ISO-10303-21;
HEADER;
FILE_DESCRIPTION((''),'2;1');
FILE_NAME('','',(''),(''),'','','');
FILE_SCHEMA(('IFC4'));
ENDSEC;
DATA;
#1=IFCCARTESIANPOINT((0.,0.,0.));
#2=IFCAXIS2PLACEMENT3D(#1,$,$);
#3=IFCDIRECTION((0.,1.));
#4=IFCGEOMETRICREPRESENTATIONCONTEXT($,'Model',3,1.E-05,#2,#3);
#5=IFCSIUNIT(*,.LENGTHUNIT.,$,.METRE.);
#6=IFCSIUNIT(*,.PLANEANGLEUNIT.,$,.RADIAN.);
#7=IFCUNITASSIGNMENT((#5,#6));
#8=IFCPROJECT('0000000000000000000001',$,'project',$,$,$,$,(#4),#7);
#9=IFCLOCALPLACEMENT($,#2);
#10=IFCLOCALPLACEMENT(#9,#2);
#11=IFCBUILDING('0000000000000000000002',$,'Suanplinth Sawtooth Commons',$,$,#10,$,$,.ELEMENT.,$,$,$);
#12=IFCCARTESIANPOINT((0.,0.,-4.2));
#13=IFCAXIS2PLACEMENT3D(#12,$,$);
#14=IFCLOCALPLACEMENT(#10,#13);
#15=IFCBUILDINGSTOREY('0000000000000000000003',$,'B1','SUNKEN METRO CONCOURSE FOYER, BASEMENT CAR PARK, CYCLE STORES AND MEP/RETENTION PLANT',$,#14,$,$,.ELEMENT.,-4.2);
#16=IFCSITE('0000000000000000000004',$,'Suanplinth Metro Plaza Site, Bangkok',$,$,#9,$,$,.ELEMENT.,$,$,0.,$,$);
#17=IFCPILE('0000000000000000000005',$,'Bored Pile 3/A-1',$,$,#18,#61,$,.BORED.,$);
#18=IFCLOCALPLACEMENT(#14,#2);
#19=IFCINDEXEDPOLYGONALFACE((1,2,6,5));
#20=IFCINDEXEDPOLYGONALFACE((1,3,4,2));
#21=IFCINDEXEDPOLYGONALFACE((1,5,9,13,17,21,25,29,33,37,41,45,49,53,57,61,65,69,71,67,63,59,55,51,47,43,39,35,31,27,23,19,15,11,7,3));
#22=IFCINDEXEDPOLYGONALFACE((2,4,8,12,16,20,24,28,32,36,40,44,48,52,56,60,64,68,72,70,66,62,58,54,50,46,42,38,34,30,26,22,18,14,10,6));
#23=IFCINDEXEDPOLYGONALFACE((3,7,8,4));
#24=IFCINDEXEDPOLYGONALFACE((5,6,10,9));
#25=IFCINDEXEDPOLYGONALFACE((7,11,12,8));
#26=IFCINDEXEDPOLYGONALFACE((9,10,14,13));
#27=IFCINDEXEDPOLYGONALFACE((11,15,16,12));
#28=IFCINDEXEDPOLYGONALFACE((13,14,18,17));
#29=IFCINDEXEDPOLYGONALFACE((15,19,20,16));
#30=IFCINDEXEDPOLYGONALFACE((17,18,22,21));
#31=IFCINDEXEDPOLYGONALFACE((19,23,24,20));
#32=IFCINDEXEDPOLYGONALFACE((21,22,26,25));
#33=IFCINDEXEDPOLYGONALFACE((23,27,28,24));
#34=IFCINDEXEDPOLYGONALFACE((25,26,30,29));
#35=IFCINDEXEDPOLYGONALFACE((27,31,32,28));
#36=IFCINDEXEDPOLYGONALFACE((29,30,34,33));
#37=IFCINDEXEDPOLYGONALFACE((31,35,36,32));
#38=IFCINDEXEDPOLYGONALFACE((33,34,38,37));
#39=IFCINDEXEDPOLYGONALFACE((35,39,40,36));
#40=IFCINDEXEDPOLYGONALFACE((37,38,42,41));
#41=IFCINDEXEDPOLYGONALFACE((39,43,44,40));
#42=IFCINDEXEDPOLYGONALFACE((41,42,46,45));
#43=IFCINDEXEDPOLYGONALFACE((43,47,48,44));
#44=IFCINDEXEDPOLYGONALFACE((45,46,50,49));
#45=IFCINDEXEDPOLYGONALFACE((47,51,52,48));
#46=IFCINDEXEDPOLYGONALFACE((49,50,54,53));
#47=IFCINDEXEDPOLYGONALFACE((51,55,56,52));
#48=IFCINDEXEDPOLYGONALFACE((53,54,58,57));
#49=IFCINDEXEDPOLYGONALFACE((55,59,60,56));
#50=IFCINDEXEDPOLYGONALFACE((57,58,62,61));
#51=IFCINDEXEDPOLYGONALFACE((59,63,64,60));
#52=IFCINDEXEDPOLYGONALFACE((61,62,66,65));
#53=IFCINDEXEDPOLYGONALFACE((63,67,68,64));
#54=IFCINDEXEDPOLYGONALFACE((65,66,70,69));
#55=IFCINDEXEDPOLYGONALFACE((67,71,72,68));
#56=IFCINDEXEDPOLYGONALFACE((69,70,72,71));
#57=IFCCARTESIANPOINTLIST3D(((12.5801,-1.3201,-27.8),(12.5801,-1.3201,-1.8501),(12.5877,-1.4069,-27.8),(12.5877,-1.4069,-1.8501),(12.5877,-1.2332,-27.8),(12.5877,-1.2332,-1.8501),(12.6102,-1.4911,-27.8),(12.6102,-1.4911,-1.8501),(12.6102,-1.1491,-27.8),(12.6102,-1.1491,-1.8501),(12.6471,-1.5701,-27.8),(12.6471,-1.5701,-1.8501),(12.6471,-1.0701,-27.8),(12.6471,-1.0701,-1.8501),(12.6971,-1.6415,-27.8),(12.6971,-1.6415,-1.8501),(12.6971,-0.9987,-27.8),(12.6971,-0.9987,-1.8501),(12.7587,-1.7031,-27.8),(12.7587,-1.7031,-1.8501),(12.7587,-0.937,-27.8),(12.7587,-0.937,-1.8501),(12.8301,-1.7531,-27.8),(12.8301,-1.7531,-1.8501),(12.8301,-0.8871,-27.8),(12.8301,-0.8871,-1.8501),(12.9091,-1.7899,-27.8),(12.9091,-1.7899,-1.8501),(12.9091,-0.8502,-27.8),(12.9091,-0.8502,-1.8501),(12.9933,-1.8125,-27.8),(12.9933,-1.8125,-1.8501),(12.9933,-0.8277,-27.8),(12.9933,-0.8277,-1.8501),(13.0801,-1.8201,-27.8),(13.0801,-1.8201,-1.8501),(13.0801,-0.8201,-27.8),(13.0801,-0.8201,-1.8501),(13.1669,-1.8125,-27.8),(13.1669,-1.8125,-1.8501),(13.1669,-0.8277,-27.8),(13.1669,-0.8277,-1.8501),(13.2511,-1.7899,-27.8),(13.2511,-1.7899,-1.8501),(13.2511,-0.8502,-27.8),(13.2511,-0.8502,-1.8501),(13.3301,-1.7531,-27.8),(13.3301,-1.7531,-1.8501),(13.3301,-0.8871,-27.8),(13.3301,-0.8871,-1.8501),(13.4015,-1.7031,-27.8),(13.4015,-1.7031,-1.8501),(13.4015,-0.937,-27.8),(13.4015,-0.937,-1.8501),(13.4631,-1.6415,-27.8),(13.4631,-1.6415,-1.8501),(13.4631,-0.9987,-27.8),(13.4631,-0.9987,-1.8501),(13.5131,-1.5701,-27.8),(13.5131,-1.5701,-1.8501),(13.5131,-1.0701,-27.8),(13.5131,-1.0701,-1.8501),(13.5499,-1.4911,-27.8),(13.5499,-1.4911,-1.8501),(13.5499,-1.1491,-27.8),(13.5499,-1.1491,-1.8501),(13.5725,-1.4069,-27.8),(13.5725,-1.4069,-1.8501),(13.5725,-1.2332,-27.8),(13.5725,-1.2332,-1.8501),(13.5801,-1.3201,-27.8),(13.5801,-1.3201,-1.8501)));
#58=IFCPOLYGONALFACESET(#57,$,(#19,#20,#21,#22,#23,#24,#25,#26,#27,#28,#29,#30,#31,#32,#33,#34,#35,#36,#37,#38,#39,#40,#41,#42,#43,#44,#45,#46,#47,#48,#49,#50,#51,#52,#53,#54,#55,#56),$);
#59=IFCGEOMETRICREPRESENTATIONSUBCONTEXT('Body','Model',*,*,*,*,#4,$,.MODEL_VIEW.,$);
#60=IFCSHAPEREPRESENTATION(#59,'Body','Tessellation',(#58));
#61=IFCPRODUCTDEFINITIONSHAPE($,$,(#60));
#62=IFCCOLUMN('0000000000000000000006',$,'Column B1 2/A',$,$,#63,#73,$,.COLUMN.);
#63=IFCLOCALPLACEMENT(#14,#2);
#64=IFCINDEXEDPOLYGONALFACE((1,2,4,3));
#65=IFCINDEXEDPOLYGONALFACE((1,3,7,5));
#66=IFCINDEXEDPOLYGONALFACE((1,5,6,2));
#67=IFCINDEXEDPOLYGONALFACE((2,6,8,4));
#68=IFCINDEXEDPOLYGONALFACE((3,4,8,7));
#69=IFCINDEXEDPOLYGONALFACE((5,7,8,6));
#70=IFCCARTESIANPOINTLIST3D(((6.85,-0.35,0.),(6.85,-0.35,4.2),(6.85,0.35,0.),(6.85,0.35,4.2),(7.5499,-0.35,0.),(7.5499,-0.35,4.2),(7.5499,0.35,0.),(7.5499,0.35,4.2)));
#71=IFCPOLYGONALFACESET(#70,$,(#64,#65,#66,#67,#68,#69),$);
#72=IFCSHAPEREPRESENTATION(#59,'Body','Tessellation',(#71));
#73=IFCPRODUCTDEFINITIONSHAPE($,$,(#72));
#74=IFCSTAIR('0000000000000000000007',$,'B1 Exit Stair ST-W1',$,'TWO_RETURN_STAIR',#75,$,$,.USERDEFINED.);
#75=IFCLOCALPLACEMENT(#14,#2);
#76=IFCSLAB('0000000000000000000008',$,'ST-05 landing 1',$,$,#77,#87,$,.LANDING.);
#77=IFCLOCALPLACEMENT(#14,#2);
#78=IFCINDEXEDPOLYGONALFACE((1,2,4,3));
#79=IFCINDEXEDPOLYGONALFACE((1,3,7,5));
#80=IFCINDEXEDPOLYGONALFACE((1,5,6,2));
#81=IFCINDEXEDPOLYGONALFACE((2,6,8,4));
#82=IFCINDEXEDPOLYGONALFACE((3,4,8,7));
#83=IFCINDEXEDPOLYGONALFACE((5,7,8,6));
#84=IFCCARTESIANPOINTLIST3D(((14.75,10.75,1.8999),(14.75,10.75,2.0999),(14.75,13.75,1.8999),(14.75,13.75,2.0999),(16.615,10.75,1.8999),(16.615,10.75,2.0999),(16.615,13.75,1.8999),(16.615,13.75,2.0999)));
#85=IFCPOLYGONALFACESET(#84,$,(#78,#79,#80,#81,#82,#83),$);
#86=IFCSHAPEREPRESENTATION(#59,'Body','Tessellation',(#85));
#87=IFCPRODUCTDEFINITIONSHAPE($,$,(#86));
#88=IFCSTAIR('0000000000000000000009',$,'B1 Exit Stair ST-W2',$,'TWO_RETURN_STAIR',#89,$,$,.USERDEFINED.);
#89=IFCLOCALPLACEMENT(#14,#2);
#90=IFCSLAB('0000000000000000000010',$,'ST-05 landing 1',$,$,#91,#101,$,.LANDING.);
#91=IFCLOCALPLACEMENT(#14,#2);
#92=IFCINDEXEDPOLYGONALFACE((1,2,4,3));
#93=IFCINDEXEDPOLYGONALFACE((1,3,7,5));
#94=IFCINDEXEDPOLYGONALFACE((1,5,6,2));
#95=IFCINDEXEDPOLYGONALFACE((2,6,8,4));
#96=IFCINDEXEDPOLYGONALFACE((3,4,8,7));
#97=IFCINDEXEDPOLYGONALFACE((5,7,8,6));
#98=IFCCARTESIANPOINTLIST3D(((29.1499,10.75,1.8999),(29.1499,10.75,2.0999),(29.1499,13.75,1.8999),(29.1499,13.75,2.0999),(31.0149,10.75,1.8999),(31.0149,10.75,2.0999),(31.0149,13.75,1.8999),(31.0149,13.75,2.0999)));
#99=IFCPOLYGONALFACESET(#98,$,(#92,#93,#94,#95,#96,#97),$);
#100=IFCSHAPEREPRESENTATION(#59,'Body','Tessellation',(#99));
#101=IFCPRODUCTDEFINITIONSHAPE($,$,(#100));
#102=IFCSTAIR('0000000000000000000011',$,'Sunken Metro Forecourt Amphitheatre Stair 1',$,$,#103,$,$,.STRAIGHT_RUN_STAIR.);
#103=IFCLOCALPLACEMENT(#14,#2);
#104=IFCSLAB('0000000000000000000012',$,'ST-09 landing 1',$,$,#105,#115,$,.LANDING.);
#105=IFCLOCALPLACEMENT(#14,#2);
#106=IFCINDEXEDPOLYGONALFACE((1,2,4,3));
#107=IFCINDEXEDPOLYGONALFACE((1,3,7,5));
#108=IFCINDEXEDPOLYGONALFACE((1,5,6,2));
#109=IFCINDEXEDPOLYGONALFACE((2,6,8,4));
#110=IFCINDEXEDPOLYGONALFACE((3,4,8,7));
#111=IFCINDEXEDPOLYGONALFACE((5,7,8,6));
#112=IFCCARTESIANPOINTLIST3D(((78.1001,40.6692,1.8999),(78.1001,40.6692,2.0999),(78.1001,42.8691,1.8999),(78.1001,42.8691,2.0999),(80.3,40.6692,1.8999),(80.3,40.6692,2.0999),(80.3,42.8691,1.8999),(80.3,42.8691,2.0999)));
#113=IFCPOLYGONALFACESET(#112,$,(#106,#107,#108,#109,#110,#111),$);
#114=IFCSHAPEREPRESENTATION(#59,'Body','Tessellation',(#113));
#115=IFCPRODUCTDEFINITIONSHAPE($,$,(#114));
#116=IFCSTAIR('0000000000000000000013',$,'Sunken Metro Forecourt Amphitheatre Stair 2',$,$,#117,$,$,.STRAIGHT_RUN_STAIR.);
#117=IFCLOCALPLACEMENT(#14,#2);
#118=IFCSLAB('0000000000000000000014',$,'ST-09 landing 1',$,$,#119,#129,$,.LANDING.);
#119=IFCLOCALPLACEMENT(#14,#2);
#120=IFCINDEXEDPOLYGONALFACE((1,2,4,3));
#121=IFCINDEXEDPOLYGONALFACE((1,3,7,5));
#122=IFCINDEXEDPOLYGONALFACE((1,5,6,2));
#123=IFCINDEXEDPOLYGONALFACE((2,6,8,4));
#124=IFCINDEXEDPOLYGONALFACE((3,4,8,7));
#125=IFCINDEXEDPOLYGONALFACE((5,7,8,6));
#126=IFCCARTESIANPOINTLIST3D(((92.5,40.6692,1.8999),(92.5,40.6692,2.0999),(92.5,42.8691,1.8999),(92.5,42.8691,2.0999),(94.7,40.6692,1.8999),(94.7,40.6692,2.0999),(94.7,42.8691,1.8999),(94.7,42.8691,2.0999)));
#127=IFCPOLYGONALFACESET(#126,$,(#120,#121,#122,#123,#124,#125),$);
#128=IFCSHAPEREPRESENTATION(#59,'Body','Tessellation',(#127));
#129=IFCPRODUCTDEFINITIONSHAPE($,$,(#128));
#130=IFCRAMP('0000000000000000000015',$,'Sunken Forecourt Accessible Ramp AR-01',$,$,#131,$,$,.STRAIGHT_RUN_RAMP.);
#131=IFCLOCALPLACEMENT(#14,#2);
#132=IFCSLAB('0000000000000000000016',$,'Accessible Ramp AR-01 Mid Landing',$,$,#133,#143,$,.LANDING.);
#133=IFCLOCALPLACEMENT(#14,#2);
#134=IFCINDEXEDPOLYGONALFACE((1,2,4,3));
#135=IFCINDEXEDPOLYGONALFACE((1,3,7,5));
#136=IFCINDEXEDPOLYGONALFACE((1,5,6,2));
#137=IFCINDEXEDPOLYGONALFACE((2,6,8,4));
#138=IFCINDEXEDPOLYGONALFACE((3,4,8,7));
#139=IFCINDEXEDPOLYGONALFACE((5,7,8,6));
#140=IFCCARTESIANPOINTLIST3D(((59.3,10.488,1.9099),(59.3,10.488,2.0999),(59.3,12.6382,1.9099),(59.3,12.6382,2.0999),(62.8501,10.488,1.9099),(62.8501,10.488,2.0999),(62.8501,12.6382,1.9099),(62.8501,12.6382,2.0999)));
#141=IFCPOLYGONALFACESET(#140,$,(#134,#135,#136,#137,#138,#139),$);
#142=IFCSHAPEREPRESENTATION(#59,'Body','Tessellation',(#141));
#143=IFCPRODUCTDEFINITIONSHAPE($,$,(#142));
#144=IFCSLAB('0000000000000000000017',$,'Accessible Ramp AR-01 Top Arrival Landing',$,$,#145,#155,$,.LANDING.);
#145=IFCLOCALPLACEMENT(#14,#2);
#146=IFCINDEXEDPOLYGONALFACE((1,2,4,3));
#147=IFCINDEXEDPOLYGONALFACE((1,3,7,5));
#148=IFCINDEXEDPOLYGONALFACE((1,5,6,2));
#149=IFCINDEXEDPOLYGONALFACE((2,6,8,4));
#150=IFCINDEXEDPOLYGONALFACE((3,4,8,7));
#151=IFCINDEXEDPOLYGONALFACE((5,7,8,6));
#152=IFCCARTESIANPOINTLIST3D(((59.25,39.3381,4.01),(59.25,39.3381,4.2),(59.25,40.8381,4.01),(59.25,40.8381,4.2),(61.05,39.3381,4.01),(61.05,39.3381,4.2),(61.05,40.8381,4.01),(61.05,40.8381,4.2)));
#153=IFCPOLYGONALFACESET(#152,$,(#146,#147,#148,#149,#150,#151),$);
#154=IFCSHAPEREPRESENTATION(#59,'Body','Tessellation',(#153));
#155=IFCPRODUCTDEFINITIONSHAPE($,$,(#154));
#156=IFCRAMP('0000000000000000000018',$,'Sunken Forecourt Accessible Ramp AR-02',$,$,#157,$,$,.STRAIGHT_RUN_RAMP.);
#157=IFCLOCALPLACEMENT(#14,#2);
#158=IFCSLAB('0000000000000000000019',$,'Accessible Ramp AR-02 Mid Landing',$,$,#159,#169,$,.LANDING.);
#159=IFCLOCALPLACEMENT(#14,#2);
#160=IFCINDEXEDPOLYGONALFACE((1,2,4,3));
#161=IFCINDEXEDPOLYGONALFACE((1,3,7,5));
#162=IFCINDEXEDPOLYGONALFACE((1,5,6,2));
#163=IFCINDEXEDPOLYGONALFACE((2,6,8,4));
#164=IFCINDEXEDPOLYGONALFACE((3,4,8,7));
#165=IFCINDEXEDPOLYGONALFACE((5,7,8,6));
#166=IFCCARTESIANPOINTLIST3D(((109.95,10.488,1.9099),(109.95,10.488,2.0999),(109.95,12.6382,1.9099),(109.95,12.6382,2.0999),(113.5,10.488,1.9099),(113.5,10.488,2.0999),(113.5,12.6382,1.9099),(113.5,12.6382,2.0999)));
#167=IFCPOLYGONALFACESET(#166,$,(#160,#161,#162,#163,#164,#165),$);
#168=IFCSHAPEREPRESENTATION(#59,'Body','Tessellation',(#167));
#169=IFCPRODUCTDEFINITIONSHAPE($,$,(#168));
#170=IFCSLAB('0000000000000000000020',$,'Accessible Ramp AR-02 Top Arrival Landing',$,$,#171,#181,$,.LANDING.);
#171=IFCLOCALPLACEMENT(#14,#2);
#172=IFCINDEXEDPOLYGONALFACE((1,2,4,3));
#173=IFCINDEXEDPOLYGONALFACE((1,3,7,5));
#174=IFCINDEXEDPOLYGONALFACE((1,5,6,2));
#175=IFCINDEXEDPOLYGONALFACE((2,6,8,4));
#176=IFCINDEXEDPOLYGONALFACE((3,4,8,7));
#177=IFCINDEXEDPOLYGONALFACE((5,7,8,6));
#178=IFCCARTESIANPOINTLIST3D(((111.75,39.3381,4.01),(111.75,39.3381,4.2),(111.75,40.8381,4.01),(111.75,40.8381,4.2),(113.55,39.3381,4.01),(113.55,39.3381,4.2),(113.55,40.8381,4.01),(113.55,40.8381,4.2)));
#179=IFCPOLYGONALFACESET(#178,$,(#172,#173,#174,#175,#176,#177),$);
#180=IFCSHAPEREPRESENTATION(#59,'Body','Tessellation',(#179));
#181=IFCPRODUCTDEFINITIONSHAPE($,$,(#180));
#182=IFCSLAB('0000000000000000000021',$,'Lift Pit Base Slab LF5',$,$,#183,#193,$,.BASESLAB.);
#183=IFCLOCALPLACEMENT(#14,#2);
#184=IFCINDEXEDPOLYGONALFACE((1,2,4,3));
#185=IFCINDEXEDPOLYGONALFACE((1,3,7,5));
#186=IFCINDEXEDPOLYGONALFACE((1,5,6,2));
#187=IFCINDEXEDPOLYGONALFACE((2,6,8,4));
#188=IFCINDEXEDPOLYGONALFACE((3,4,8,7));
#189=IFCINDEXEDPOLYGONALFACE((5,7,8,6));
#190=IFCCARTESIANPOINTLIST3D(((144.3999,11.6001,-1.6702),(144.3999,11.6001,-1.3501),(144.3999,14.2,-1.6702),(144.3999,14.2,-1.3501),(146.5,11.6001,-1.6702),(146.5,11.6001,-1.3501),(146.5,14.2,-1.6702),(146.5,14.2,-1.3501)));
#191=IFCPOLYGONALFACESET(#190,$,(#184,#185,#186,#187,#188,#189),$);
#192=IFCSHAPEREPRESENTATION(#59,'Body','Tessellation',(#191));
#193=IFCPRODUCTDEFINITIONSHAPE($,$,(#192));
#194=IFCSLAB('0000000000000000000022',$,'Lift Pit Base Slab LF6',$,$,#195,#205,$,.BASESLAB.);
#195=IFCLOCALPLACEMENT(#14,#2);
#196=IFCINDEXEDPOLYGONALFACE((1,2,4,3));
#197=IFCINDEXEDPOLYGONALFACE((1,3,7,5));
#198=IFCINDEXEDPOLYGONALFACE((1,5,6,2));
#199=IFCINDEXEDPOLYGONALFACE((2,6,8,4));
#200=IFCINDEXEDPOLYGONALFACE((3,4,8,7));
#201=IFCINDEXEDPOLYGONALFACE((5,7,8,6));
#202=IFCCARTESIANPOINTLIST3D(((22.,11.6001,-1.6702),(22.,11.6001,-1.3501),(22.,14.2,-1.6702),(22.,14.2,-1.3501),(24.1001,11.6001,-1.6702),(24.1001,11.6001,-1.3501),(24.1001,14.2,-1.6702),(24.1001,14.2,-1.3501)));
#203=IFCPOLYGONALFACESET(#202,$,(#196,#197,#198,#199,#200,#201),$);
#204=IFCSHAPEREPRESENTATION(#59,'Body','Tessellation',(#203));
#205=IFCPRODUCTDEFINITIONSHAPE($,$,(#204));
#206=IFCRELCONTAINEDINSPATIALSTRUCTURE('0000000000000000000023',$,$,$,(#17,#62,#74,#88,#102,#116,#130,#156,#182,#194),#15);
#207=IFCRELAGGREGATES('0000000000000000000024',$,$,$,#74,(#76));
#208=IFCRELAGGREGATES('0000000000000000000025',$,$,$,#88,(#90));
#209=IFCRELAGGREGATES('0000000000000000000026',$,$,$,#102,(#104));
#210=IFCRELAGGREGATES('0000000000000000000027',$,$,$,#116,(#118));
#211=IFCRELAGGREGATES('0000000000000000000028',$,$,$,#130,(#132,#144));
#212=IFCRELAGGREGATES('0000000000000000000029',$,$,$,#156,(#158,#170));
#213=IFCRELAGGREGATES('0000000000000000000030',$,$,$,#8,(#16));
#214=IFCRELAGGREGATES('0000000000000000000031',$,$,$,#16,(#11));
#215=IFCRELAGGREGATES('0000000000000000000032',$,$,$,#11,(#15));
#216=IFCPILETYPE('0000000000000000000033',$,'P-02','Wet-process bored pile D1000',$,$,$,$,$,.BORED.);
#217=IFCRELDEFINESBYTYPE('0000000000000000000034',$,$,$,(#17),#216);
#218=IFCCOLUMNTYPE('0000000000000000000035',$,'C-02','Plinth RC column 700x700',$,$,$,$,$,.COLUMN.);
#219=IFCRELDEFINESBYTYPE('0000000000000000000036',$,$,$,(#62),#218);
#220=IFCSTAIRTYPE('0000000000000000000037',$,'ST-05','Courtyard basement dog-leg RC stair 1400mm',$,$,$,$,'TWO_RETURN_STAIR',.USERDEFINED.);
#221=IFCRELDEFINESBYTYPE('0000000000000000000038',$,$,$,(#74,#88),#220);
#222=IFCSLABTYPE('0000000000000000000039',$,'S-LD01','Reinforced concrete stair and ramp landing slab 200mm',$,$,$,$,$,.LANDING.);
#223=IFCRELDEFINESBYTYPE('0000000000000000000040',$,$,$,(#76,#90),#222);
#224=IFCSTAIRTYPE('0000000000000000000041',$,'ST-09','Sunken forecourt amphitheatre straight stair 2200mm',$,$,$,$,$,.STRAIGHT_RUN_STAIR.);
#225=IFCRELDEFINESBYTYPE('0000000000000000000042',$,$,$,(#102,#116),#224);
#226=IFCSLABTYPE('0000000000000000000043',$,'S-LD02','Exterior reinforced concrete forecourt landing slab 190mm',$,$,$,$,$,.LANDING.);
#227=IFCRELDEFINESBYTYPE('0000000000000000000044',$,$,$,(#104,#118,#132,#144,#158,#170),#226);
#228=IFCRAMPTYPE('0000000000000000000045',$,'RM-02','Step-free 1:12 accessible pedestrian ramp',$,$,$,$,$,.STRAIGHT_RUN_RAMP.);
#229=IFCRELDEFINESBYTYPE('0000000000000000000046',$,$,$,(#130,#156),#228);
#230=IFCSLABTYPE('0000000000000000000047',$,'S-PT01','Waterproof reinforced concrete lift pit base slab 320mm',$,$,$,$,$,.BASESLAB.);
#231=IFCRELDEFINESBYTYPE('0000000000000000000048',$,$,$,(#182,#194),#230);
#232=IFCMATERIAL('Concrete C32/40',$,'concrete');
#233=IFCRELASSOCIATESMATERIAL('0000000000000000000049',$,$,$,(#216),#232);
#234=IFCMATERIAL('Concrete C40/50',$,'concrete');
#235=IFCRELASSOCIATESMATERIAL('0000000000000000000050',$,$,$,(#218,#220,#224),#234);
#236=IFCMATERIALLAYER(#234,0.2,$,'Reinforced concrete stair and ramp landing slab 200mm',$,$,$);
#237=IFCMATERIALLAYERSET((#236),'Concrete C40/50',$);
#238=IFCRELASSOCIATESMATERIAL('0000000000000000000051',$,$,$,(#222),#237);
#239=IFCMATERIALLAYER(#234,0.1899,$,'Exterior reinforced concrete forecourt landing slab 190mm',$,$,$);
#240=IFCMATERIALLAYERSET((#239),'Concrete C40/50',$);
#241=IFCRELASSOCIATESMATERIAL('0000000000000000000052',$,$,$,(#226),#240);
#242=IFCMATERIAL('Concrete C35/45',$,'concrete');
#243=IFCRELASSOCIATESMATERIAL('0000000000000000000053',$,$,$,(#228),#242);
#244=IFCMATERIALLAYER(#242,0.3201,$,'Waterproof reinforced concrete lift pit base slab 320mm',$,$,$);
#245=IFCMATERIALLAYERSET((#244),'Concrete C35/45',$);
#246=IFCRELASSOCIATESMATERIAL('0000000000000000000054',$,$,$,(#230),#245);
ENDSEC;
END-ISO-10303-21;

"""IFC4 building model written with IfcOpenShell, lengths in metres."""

from ifc_helpers import new_model, si_unit, direction, frame, origin, origin_2d, place, context, subcontext, project, spatial, polyline, rectangle, circle, outline, extrude, material, layer, layer_set, material_profile, profile_set, type_object, element, aggregate, save


model = new_model("IFC4")

# Units and contexts
model_context = context("Model", 3, precision=1e-05, world=origin(), true_north=direction((0.0, 1.0)))
body_context = subcontext(model_context, "Body", "Model", "MODEL_VIEW")
ifc_project = project(units=[si_unit("LENGTHUNIT", "METRE"), si_unit("PLANEANGLEUNIT", "RADIAN")], contexts=[model_context])

# Site, building, storey
site_placement = place(None, origin())
site = spatial("IfcSite", under=ifc_project, at=site_placement, Name="Suanplinth Metro Plaza Site, Bangkok", CompositionType="ELEMENT", RefElevation=0.0)
building_placement = place(site_placement, origin())
building = spatial("IfcBuilding", under=site, at=building_placement, Name="Suanplinth Sawtooth Commons", CompositionType="ELEMENT")
storey_placement = place(building_placement, frame((0.0, 0.0, -4.2)))
storey = spatial("IfcBuildingStorey", under=building, at=storey_placement, Name="B1", Description="SUNKEN METRO CONCOURSE FOYER, BASEMENT CAR PARK, CYCLE STORES AND MEP/RETENTION PLANT", CompositionType="ELEMENT", Elevation=-4.2)

# Shared definitions
ifc_material_1 = material(Name="Concrete C35/45", Category="concrete")

# Pile
ifc_material_2 = material(Name="Concrete C32/40", Category="concrete")
ifc_material_profile_1 = material_profile(ifc_material_2, circle(Radius=0.5, at=origin_2d()), Name="PILE D1000")
ifc_profile_set_1 = profile_set([ifc_material_profile_1], Name="Concrete C32/40")
pile_type = type_object("IfcPileType", Name="P-02", Description="Wet-process bored pile D1000", PredefinedType="BORED", material=ifc_profile_set_1)
pile_1_placement = place(storey_placement, frame((13.0801, -1.3201, -1.8501), z_axis=(0.0, 0.0, -1.0), x_axis=(1.0, 0.0, 0.0)))
element("IfcPile", 1, at=pile_1_placement, inside=storey, type_object=pile_type, Name="Bored Pile 3/A-1", PredefinedType="BORED", context=body_context, shape_type="SweptSolid", body=[
    extrude(circle(Radius=0.5, at=origin_2d()), origin(), (0.0, 0.0, 1.0), 25.95),
])

# Column
ifc_material_3 = material(Name="Concrete C40/50", Category="concrete")
ifc_material_profile_2 = material_profile(ifc_material_3, rectangle(XDim=0.7, YDim=0.7, at=origin_2d()), Name="RC-COL 700x700")
ifc_profile_set_2 = profile_set([ifc_material_profile_2], Name="Concrete C40/50")
column_type = type_object("IfcColumnType", Name="C-02", Description="Plinth RC column 700x700", PredefinedType="COLUMN", material=ifc_profile_set_2)
column_placement = place(storey_placement, frame((7.2, 0.0, 0.0), z_axis=(0.0, 0.0, 1.0), x_axis=(1.0, 0.0, 0.0)))
element("IfcColumn", 2, at=column_placement, inside=storey, type_object=column_type, Name="Column B1 2/A", PredefinedType="COLUMN", context=body_context, shape_type="SweptSolid", body=[
    extrude(rectangle(XDim=0.7, YDim=0.7, at=origin_2d()), origin(), (0.0, 0.0, 1.0), 4.2),
])

# Stairs, slabs
stair_type_1 = type_object("IfcStairType", Name="ST-05", Description="Courtyard basement dog-leg RC stair 1400mm", ElementType="TWO_RETURN_STAIR", PredefinedType="USERDEFINED", material=ifc_material_3)
stair_1_placement = place(storey_placement, origin())
stair_1 = element("IfcStair", 3, at=stair_1_placement, inside=storey, type_object=stair_type_1, Name="B1 Exit Stair ST-W1", ObjectType="TWO_RETURN_STAIR", PredefinedType="USERDEFINED")
ifc_layer_1 = layer(ifc_material_3, 0.2, Name="Reinforced concrete stair and ramp landing slab 200mm")
ifc_layer_set_1 = layer_set([ifc_layer_1], Name="Concrete C40/50")
slab_type_1 = type_object("IfcSlabType", Name="S-LD01", Description="Reinforced concrete stair and ramp landing slab 200mm", PredefinedType="LANDING", material=ifc_layer_set_1)
slab_1_placement = place(storey_placement, frame((0.0, 0.0, 1.8999)))
slab_1 = element("IfcSlab", 4, at=slab_1_placement, type_object=slab_type_1, Name="ST-05 landing 1", PredefinedType="LANDING", context=body_context, shape_type="SweptSolid", body=[
    extrude(outline(polyline([(16.615, 13.75), (14.75, 13.75), (14.75, 10.75), (16.615, 10.75), (16.615, 13.75)])), origin(), (0.0, 0.0, 1.0), 0.2),
])
aggregate(stair_1, [slab_1])
stair_2_placement = place(storey_placement, origin())
stair_2 = element("IfcStair", 5, at=stair_2_placement, inside=storey, type_object=stair_type_1, Name="B1 Exit Stair ST-W2", ObjectType="TWO_RETURN_STAIR", PredefinedType="USERDEFINED")
slab_2_placement = place(storey_placement, frame((0.0, 0.0, 1.8999)))
slab_2 = element("IfcSlab", 6, at=slab_2_placement, type_object=slab_type_1, Name="ST-05 landing 1", PredefinedType="LANDING", context=body_context, shape_type="SweptSolid", body=[
    extrude(outline(polyline([(31.0149, 13.75), (29.1499, 13.75), (29.1499, 10.75), (31.0149, 10.75), (31.0149, 13.75)])), origin(), (0.0, 0.0, 1.0), 0.2),
])
aggregate(stair_2, [slab_2])
stair_type_2 = type_object("IfcStairType", Name="ST-09", Description="Sunken forecourt amphitheatre straight stair 2200mm", PredefinedType="STRAIGHT_RUN_STAIR", material=ifc_material_3)
stair_3_placement = place(storey_placement, origin())
stair_3 = element("IfcStair", 7, at=stair_3_placement, inside=storey, type_object=stair_type_2, Name="Sunken Metro Forecourt Amphitheatre Stair 1", PredefinedType="STRAIGHT_RUN_STAIR")
ifc_layer_2 = layer(ifc_material_3, 0.1899, Name="Exterior reinforced concrete forecourt landing slab 190mm")
ifc_layer_set_2 = layer_set([ifc_layer_2], Name="Concrete C40/50")
slab_type_2 = type_object("IfcSlabType", Name="S-LD02", Description="Exterior reinforced concrete forecourt landing slab 190mm", PredefinedType="LANDING", material=ifc_layer_set_2)
slab_3_placement = place(storey_placement, frame((0.0, 0.0, 1.8999)))
slab_3 = element("IfcSlab", 8, at=slab_3_placement, type_object=slab_type_2, Name="ST-09 landing 1", PredefinedType="LANDING", context=body_context, shape_type="SweptSolid", body=[
    extrude(outline(polyline([(78.1001, 40.6692), (80.3, 40.6692), (80.3, 42.8691), (78.1001, 42.8691), (78.1001, 40.6692)])), origin(), (0.0, 0.0, 1.0), 0.2),
])
aggregate(stair_3, [slab_3])
stair_4_placement = place(storey_placement, origin())
stair_4 = element("IfcStair", 9, at=stair_4_placement, inside=storey, type_object=stair_type_2, Name="Sunken Metro Forecourt Amphitheatre Stair 2", PredefinedType="STRAIGHT_RUN_STAIR")
slab_4_placement = place(storey_placement, frame((0.0, 0.0, 1.8999)))
slab_4 = element("IfcSlab", 10, at=slab_4_placement, type_object=slab_type_2, Name="ST-09 landing 1", PredefinedType="LANDING", context=body_context, shape_type="SweptSolid", body=[
    extrude(outline(polyline([(92.5, 40.6692), (94.7, 40.6692), (94.7, 42.8691), (92.5, 42.8691), (92.5, 40.6692)])), origin(), (0.0, 0.0, 1.0), 0.2),
])
aggregate(stair_4, [slab_4])

# Ramps, slabs
ramp_type = type_object("IfcRampType", Name="RM-02", Description="Step-free 1:12 accessible pedestrian ramp", PredefinedType="STRAIGHT_RUN_RAMP", material=ifc_material_1)
ramp_1_placement = place(storey_placement, origin())
ramp_1 = element("IfcRamp", 11, at=ramp_1_placement, inside=storey, type_object=ramp_type, Name="Sunken Forecourt Accessible Ramp AR-01", PredefinedType="STRAIGHT_RUN_RAMP")
slab_5_placement = place(storey_placement, frame((0.0, 0.0, 1.9099)))
slab_5 = element("IfcSlab", 12, at=slab_5_placement, type_object=slab_type_2, Name="Accessible Ramp AR-01 Mid Landing", PredefinedType="LANDING", context=body_context, shape_type="SweptSolid", body=[
    extrude(outline(polyline([(59.3, 10.488), (62.8501, 10.488), (62.8501, 12.6382), (59.3, 12.6382), (59.3, 10.488)])), origin(), (0.0, 0.0, 1.0), 0.1899),
])
slab_6_placement = place(storey_placement, frame((0.0, 0.0, 4.01)))
slab_6 = element("IfcSlab", 13, at=slab_6_placement, type_object=slab_type_2, Name="Accessible Ramp AR-01 Top Arrival Landing", PredefinedType="LANDING", context=body_context, shape_type="SweptSolid", body=[
    extrude(outline(polyline([(59.25, 39.3381), (61.05, 39.3381), (61.05, 40.8381), (59.25, 40.8381), (59.25, 39.3381)])), origin(), (0.0, 0.0, 1.0), 0.1899),
])
aggregate(ramp_1, [slab_5, slab_6])
ramp_2_placement = place(storey_placement, origin())
ramp_2 = element("IfcRamp", 14, at=ramp_2_placement, inside=storey, type_object=ramp_type, Name="Sunken Forecourt Accessible Ramp AR-02", PredefinedType="STRAIGHT_RUN_RAMP")
slab_7_placement = place(storey_placement, frame((0.0, 0.0, 1.9099)))
slab_7 = element("IfcSlab", 15, at=slab_7_placement, type_object=slab_type_2, Name="Accessible Ramp AR-02 Mid Landing", PredefinedType="LANDING", context=body_context, shape_type="SweptSolid", body=[
    extrude(outline(polyline([(109.95, 10.488), (113.5, 10.488), (113.5, 12.6382), (109.95, 12.6382), (109.95, 10.488)])), origin(), (0.0, 0.0, 1.0), 0.1899),
])
slab_8_placement = place(storey_placement, frame((0.0, 0.0, 4.01)))
slab_8 = element("IfcSlab", 16, at=slab_8_placement, type_object=slab_type_2, Name="Accessible Ramp AR-02 Top Arrival Landing", PredefinedType="LANDING", context=body_context, shape_type="SweptSolid", body=[
    extrude(outline(polyline([(111.75, 39.3381), (113.55, 39.3381), (113.55, 40.8381), (111.75, 40.8381), (111.75, 39.3381)])), origin(), (0.0, 0.0, 1.0), 0.1899),
])
aggregate(ramp_2, [slab_7, slab_8])

# Slabs
ifc_layer_3 = layer(ifc_material_1, 0.3201, Name="Waterproof reinforced concrete lift pit base slab 320mm")
ifc_layer_set_3 = layer_set([ifc_layer_3], Name="Concrete C35/45")
slab_type_3 = type_object("IfcSlabType", Name="S-PT01", Description="Waterproof reinforced concrete lift pit base slab 320mm", PredefinedType="BASESLAB", material=ifc_layer_set_3)
slab_9_placement = place(storey_placement, frame((0.0, 0.0, -1.6702)))
element("IfcSlab", 17, at=slab_9_placement, inside=storey, type_object=slab_type_3, Name="Lift Pit Base Slab LF5", PredefinedType="BASESLAB", context=body_context, shape_type="SweptSolid", body=[
    extrude(outline(polyline([(144.3999, 11.6001), (146.5, 11.6001), (146.5, 14.2), (144.3999, 14.2), (144.3999, 11.6001)])), origin(), (0.0, 0.0, 1.0), 0.3201),
])
slab_10_placement = place(storey_placement, frame((0.0, 0.0, -1.6702)))
element("IfcSlab", 18, at=slab_10_placement, inside=storey, type_object=slab_type_3, Name="Lift Pit Base Slab LF6", PredefinedType="BASESLAB", context=body_context, shape_type="SweptSolid", body=[
    extrude(outline(polyline([(22.0, 11.6001), (24.1001, 11.6001), (24.1001, 14.2), (22.0, 14.2), (22.0, 11.6001)])), origin(), (0.0, 0.0, 1.0), 0.3201),
])

save(model, "model.ifc")
